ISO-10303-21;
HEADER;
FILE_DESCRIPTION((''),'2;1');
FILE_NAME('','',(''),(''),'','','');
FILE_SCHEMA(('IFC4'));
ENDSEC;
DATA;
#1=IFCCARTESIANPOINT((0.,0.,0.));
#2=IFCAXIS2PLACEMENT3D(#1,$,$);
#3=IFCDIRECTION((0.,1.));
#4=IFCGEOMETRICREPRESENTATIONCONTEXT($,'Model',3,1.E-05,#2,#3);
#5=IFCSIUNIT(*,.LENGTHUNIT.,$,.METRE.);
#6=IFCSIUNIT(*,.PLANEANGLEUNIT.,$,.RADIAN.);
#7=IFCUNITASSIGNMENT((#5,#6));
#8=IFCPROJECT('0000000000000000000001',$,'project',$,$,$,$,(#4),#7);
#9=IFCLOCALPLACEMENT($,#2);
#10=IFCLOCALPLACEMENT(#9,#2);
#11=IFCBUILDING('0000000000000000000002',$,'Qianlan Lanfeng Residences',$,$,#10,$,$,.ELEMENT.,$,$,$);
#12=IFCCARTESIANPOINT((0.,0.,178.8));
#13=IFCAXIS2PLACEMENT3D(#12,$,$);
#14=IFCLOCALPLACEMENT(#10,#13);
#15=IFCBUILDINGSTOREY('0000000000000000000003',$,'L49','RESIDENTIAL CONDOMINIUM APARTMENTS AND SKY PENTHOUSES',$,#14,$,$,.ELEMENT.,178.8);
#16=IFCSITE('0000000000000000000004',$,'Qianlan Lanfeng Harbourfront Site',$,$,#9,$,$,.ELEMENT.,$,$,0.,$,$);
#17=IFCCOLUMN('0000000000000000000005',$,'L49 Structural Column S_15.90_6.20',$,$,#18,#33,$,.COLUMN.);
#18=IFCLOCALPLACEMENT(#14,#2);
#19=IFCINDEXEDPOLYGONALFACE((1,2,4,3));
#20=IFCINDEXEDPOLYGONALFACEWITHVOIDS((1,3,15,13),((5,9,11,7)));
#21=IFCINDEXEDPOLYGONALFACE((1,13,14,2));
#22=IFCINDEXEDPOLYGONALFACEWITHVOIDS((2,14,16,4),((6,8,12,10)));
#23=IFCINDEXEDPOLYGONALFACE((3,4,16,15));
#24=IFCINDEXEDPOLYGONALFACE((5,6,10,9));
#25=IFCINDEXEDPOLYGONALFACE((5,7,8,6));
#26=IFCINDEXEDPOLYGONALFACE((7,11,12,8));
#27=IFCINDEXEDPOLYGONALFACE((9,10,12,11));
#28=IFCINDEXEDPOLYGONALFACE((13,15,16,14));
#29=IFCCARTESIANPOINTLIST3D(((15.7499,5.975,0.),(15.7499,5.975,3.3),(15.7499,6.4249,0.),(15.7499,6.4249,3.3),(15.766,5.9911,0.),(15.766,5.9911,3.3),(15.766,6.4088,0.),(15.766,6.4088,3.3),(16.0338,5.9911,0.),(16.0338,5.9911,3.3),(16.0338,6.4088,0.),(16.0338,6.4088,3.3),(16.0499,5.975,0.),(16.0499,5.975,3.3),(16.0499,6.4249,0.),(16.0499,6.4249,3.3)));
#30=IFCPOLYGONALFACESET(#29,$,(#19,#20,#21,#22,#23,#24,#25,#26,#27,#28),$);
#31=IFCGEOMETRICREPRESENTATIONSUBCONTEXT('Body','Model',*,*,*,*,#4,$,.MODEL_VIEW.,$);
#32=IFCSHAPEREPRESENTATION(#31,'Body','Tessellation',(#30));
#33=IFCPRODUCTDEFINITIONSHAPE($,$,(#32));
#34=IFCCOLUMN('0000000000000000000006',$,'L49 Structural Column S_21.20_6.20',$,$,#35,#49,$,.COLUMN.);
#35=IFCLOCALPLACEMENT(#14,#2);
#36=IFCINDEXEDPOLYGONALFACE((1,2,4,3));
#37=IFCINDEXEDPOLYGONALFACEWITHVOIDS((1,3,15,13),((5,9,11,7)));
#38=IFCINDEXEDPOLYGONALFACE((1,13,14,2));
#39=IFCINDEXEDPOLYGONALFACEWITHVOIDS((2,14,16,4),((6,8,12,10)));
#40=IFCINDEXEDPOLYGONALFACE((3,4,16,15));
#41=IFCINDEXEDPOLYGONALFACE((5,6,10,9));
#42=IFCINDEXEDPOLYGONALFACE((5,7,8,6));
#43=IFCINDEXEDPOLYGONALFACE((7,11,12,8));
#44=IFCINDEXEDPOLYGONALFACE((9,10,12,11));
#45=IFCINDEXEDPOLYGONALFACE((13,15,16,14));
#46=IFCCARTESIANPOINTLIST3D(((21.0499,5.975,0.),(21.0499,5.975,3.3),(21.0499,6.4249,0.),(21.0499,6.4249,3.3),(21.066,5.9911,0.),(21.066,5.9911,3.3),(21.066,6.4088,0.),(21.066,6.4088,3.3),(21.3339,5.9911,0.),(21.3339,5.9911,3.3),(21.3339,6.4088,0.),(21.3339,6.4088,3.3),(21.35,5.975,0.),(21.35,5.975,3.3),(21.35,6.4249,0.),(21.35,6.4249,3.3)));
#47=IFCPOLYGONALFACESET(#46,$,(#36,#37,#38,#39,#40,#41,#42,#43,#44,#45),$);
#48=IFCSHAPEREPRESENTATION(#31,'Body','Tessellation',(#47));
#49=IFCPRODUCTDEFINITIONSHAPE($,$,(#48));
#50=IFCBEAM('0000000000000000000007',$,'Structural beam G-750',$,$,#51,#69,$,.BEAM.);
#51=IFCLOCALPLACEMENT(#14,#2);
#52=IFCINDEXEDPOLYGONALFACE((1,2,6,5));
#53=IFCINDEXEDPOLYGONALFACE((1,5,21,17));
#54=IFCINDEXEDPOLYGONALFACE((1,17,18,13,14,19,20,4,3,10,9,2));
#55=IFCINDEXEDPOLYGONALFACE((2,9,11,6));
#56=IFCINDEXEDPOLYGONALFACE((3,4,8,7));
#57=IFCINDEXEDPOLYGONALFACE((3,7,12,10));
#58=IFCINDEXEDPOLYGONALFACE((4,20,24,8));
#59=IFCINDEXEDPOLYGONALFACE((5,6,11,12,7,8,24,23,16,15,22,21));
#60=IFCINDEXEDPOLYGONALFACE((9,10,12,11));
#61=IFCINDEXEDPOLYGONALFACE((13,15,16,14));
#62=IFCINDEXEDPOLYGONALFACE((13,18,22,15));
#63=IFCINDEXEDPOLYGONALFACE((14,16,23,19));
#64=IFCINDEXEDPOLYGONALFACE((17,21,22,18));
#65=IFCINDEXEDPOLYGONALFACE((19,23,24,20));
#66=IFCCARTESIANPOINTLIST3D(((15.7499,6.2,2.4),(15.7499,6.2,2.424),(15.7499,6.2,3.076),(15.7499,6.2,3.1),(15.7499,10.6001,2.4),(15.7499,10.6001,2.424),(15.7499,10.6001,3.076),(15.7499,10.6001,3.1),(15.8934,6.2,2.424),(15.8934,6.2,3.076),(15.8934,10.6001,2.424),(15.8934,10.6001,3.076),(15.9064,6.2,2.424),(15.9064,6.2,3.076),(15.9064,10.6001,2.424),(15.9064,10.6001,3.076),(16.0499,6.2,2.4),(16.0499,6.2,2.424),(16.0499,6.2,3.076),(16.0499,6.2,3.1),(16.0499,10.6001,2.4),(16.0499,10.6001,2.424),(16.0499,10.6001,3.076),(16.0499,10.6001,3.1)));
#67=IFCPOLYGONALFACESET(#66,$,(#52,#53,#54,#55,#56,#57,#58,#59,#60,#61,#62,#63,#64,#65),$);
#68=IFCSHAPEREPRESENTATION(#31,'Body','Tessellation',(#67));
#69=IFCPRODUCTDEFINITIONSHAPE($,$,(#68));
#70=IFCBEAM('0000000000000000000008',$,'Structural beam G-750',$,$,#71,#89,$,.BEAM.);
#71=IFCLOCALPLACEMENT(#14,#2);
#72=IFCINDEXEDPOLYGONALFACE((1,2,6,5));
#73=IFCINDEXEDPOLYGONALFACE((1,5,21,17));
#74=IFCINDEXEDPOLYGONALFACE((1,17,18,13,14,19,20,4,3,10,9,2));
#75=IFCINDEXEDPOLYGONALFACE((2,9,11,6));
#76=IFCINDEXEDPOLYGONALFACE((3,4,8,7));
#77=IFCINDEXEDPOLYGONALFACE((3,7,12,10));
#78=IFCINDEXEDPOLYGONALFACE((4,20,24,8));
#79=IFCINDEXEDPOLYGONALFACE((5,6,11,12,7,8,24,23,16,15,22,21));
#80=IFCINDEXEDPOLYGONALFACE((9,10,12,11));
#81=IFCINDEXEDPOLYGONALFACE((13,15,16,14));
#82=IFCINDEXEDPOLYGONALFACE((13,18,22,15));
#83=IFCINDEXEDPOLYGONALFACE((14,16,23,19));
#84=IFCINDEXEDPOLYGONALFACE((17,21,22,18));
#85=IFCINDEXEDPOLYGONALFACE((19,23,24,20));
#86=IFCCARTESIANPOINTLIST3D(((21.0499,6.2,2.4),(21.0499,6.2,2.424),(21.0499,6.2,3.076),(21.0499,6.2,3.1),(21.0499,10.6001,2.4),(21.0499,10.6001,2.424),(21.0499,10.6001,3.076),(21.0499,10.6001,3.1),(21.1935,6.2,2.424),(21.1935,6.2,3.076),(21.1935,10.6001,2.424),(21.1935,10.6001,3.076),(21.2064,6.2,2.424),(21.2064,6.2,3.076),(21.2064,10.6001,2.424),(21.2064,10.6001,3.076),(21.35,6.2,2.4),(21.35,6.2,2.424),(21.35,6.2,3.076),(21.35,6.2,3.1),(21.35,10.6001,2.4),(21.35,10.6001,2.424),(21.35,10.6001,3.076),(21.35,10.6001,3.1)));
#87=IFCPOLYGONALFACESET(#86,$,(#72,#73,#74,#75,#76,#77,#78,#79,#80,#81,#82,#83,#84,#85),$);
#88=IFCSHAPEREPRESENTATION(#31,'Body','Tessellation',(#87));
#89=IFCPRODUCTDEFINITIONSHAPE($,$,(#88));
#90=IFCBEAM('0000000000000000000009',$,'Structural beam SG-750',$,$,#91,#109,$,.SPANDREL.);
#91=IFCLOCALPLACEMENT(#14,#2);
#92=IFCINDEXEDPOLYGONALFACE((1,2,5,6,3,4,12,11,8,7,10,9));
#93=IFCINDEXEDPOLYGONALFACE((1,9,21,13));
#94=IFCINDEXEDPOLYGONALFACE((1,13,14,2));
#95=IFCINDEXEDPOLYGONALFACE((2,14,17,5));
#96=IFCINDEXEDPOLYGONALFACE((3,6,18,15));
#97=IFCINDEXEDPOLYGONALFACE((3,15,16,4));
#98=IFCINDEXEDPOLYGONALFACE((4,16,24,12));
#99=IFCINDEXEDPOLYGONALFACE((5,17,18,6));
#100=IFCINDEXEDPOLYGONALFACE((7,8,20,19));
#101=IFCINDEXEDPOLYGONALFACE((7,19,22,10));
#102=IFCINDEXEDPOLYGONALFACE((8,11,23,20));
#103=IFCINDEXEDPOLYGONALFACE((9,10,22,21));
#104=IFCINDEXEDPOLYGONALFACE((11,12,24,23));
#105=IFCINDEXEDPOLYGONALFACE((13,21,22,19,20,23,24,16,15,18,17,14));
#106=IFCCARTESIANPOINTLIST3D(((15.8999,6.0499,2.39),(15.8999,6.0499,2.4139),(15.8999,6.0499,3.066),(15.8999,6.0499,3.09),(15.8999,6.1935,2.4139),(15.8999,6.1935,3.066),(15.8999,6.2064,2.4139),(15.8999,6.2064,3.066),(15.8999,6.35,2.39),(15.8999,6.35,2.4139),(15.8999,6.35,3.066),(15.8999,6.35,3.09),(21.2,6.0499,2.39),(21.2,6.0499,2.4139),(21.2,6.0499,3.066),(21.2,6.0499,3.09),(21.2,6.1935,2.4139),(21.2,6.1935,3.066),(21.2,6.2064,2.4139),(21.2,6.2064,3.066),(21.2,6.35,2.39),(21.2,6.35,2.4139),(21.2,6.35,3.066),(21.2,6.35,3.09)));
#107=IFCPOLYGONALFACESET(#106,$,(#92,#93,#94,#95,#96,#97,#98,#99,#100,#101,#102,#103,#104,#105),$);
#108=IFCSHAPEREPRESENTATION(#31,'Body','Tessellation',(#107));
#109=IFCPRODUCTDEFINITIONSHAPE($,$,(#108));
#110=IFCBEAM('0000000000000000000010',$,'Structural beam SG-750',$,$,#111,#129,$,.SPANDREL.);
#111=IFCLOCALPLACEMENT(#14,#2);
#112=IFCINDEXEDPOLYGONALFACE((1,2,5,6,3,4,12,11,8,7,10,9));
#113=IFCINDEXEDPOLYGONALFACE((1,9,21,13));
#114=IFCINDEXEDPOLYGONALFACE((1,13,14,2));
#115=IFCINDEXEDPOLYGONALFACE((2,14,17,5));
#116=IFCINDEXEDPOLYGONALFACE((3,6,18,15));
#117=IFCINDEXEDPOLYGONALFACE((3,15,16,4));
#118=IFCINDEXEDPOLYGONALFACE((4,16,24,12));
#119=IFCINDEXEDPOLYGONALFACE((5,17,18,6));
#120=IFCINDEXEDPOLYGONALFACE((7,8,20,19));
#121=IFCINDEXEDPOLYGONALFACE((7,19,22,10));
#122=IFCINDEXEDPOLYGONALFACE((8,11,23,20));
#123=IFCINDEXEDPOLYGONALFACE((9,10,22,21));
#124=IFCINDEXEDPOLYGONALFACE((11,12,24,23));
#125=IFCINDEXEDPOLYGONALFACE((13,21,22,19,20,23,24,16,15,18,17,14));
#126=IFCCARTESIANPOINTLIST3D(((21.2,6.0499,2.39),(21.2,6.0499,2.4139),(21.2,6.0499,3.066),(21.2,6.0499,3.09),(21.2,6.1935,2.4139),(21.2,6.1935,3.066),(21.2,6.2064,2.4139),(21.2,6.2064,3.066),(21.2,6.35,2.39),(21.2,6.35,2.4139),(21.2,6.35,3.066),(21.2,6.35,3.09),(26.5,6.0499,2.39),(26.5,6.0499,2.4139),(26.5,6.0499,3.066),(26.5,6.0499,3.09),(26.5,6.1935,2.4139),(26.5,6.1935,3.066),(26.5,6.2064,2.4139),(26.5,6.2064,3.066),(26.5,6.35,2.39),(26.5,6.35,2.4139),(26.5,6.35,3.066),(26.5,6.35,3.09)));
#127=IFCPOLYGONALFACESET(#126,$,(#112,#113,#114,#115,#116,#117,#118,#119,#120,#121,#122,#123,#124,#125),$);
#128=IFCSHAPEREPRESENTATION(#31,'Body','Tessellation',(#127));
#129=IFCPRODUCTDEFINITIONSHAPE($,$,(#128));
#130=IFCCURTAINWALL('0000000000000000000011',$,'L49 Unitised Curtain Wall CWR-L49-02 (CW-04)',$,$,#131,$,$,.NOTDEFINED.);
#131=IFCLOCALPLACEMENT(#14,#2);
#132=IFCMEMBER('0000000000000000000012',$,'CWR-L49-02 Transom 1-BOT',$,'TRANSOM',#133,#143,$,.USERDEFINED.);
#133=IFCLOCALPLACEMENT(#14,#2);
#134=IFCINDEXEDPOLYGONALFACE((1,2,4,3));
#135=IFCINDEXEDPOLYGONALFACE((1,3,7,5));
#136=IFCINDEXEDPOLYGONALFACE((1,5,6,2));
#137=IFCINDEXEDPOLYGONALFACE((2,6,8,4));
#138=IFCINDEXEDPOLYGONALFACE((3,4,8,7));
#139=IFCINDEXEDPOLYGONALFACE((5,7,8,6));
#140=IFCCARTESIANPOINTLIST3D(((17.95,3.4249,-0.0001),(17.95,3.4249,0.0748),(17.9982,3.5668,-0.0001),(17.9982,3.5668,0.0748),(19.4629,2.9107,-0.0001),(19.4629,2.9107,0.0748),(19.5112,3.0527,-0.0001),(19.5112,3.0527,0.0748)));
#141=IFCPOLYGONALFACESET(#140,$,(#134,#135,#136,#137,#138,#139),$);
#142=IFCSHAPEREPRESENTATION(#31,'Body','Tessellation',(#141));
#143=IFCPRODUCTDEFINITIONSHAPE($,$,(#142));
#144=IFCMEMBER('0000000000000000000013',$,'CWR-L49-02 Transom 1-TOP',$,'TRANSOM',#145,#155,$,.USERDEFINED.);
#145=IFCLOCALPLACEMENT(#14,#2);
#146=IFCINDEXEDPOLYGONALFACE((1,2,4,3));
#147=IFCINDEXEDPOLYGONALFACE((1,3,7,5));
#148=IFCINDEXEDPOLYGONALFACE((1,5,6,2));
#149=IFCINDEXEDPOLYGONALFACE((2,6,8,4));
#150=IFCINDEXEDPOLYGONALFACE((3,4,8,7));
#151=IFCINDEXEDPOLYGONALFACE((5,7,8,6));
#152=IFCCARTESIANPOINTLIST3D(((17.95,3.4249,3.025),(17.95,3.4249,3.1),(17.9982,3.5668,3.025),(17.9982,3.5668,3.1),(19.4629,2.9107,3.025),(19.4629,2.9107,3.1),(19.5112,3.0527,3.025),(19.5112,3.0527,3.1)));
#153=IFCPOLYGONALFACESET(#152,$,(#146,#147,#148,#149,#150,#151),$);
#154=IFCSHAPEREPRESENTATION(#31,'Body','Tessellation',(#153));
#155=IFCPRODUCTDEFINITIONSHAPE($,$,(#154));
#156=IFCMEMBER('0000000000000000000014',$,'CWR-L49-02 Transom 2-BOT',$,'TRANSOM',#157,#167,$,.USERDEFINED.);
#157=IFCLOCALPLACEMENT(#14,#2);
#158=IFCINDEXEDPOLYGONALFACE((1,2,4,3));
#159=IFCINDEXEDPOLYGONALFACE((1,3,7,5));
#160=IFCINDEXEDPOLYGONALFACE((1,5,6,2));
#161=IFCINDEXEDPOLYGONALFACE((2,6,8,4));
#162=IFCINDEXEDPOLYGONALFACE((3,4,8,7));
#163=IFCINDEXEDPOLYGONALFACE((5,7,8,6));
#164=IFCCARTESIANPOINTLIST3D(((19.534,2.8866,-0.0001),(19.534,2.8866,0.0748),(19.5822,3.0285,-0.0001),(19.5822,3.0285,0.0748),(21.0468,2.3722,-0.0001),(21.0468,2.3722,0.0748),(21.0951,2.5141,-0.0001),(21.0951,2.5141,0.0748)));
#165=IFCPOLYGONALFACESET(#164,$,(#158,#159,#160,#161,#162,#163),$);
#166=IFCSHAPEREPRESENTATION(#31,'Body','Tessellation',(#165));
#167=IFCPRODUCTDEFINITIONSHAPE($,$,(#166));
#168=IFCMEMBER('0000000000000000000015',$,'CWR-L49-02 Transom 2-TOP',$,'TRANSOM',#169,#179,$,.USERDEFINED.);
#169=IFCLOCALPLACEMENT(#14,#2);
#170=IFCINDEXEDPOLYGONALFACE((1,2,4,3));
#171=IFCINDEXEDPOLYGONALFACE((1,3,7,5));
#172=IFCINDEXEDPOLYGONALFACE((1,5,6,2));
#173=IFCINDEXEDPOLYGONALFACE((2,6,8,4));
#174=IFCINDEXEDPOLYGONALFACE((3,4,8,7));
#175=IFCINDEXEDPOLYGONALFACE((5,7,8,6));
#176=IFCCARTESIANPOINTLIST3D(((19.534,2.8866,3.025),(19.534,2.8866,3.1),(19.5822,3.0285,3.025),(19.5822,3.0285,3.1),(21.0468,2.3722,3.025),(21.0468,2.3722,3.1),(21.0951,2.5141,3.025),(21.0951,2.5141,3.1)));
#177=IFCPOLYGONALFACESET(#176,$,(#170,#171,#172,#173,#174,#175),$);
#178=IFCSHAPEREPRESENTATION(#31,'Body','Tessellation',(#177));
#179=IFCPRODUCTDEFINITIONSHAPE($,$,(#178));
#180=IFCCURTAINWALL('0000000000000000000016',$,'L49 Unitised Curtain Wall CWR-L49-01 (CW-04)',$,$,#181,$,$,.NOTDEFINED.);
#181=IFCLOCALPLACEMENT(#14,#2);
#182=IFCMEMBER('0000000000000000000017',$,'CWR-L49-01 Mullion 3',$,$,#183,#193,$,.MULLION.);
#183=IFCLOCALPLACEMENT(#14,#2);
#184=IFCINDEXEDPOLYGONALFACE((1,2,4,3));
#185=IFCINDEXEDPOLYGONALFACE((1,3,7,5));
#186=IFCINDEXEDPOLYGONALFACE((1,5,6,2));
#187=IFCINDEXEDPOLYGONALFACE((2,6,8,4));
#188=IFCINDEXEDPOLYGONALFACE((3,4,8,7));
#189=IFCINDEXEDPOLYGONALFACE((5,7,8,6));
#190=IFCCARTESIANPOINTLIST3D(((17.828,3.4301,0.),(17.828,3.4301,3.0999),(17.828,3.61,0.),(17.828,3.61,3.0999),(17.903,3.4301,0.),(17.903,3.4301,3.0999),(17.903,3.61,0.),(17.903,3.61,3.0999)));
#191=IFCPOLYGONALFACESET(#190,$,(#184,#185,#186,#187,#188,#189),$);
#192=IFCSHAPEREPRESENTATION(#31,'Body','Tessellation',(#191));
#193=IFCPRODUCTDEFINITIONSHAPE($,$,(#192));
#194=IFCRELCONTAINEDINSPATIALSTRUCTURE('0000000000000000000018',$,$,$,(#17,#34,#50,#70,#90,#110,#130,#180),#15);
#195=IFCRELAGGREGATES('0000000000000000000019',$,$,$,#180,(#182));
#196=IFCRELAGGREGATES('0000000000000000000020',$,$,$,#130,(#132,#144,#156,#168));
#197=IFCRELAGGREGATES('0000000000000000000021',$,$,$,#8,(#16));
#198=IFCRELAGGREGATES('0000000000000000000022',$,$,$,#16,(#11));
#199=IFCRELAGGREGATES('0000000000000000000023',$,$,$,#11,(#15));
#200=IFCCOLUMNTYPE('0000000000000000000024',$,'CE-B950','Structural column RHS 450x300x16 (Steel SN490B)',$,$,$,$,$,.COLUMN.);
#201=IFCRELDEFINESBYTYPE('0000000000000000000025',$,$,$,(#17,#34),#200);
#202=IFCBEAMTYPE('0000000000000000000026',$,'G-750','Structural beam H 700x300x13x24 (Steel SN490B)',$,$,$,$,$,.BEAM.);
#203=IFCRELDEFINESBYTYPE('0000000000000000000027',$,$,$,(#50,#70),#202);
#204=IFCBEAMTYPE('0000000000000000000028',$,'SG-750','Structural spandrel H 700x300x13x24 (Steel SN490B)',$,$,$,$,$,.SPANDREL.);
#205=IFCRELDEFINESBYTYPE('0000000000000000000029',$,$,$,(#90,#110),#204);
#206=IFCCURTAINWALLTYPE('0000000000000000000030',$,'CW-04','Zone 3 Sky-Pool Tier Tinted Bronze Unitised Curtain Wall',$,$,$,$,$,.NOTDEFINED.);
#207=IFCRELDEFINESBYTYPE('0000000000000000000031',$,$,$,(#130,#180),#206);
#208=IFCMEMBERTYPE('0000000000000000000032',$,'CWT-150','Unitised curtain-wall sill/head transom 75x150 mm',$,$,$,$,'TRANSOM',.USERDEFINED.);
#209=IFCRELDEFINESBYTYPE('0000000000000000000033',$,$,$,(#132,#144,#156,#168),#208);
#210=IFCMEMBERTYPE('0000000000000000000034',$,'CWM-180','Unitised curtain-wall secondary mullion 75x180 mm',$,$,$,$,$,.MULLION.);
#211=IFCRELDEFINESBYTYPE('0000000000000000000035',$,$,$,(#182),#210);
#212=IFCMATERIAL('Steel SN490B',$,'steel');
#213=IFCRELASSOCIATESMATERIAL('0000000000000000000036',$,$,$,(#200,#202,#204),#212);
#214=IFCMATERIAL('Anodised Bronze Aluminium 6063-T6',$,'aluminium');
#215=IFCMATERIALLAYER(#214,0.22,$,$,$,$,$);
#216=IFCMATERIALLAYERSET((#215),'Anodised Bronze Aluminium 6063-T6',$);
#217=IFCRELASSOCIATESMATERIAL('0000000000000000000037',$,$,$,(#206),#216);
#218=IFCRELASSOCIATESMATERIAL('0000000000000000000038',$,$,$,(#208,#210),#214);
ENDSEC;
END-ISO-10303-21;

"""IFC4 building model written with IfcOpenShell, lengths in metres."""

from ifc_helpers import new_model, si_unit, direction, frame, origin, origin_2d, place, context, subcontext, project, spatial, rectangle, hollow_rectangle, i_section, extrude, source, transform, mapped, material, layer, layer_set, material_profile, profile_set, type_object, element, aggregate, save


model = new_model("IFC4")

# Units and contexts
model_context = context("Model", 3, precision=1e-05, world=origin(), true_north=direction((0.0, 1.0)))
body_context = subcontext(model_context, "Body", "Model", "MODEL_VIEW")
ifc_project = project(units=[si_unit("LENGTHUNIT", "METRE"), si_unit("PLANEANGLEUNIT", "RADIAN")], contexts=[model_context])

# Site, building, storey
site_placement = place(None, origin())
site = spatial("IfcSite", under=ifc_project, at=site_placement, Name="Qianlan Lanfeng Harbourfront Site", CompositionType="ELEMENT", RefElevation=0.0)
building_placement = place(site_placement, origin())
building = spatial("IfcBuilding", under=site, at=building_placement, Name="Qianlan Lanfeng Residences", CompositionType="ELEMENT")
storey_placement = place(building_placement, frame((0.0, 0.0, 178.8)))
storey = spatial("IfcBuildingStorey", under=building, at=storey_placement, Name="L49", Description="RESIDENTIAL CONDOMINIUM APARTMENTS AND SKY PENTHOUSES", CompositionType="ELEMENT", Elevation=178.8)

# Columns
ifc_material_1 = material(Name="Steel SN490B", Category="steel")
ifc_material_profile_1 = material_profile(ifc_material_1, hollow_rectangle(XDim=0.3, YDim=0.45, WallThickness=0.0161, at=origin_2d()), Name="RHS 450x300x16")
ifc_profile_set_1 = profile_set([ifc_material_profile_1], Name="Steel SN490B")
column_type = type_object("IfcColumnType", Name="CE-B950", Description="Structural column RHS 450x300x16 (Steel SN490B)", PredefinedType="COLUMN", material=ifc_profile_set_1)
for number, where, z_axis, x_axis, name in (
    (1, (15.8999, 6.2, 0.0), (0.0, 0.0, 1.0), (1.0, 0.0, 0.0), "L49 Structural Column S_15.90_6.20"),
    (2, (21.2, 6.2, 0.0), (0.0, 0.0, 1.0), (1.0, 0.0, 0.0), "L49 Structural Column S_21.20_6.20"),
):
    element("IfcColumn", number, at=place(storey_placement, frame(where, z_axis=z_axis, x_axis=x_axis)), inside=storey, type_object=column_type, Name=name, PredefinedType="COLUMN", context=body_context, shape_type="SweptSolid", body=[
        extrude(hollow_rectangle(XDim=0.3, YDim=0.45, WallThickness=0.0161, at=origin_2d()), origin(), (0.0, 0.0, 1.0), 3.3),
    ])

# Beams
ifc_material_profile_2 = material_profile(ifc_material_1, i_section(OverallWidth=0.3, OverallDepth=0.7, WebThickness=0.0129, FlangeThickness=0.0239, at=origin_2d()), Name="H 700x300x13x24")
ifc_profile_set_2 = profile_set([ifc_material_profile_2], Name="Steel SN490B")
beam_type_1 = type_object("IfcBeamType", Name="G-750", Description="Structural beam H 700x300x13x24 (Steel SN490B)", PredefinedType="BEAM", material=ifc_profile_set_2)
for number, where, z_axis, x_axis, name in (
    (3, (15.8999, 6.2, 2.75), (0.0, 1.0, 0.0), (-1.0, 0.0, 0.0), "Structural beam G-750"),
    (4, (21.2, 6.2, 2.75), (0.0, 1.0, 0.0), (-1.0, 0.0, 0.0), "Structural beam G-750"),
):
    element("IfcBeam", number, at=place(storey_placement, frame(where, z_axis=z_axis, x_axis=x_axis)), inside=storey, type_object=beam_type_1, Name=name, PredefinedType="BEAM", context=body_context, shape_type="SweptSolid", body=[
        extrude(i_section(OverallWidth=0.3, OverallDepth=0.7, WebThickness=0.0129, FlangeThickness=0.0239, at=origin_2d()), origin(), (0.0, 0.0, 1.0), 4.4001),
    ])
ifc_material_profile_3 = material_profile(ifc_material_1, i_section(OverallWidth=0.3, OverallDepth=0.7, WebThickness=0.0129, FlangeThickness=0.0239, at=origin_2d()), Name="H 700x300x13x24")
ifc_profile_set_3 = profile_set([ifc_material_profile_3], Name="Steel SN490B")
beam_type_2 = type_object("IfcBeamType", Name="SG-750", Description="Structural spandrel H 700x300x13x24 (Steel SN490B)", PredefinedType="SPANDREL", material=ifc_profile_set_3)
for number, where, z_axis, x_axis, name in (
    (5, (15.8999, 6.2, 2.74), (1.0, 0.0, 0.0), (0.0, 1.0, 0.0), "Structural beam SG-750"),
    (6, (21.2, 6.2, 2.74), (1.0, 0.0, 0.0), (0.0, 1.0, 0.0), "Structural beam SG-750"),
):
    element("IfcBeam", number, at=place(storey_placement, frame(where, z_axis=z_axis, x_axis=x_axis)), inside=storey, type_object=beam_type_2, Name=name, PredefinedType="SPANDREL", context=body_context, shape_type="SweptSolid", body=[
        extrude(i_section(OverallWidth=0.3, OverallDepth=0.7, WebThickness=0.0129, FlangeThickness=0.0239, at=origin_2d()), origin(), (0.0, 0.0, 1.0), 5.3),
    ])

# Curtain wall, members
ifc_material_2 = material(Name="Anodised Bronze Aluminium 6063-T6", Category="aluminium")
ifc_layer_1 = layer(ifc_material_2, 0.22)
ifc_layer_set_1 = layer_set([ifc_layer_1], Name="Anodised Bronze Aluminium 6063-T6")
curtain_wall_type = type_object("IfcCurtainWallType", Name="CW-04", Description="Zone 3 Sky-Pool Tier Tinted Bronze Unitised Curtain Wall", PredefinedType="NOTDEFINED", material=ifc_layer_set_1)
curtain_wall_1_placement = place(storey_placement, origin())
curtain_wall_1 = element("IfcCurtainWall", 7, at=curtain_wall_1_placement, inside=storey, type_object=curtain_wall_type, Name="L49 Unitised Curtain Wall CWR-L49-02 (CW-04)", PredefinedType="NOTDEFINED")
ifc_material_profile_4 = material_profile(ifc_material_2, rectangle(XDim=0.075, YDim=0.1499, at=origin_2d()), Name="ALU TRANSOM 75x150")
ifc_profile_set_4 = profile_set([ifc_material_profile_4], Name="Anodised Bronze Aluminium 6063-T6")
member_type_1 = type_object("IfcMemberType", Name="CWT-150", Description="Unitised curtain-wall sill/head transom 75x150 mm", ElementType="TRANSOM", PredefinedType="USERDEFINED", material=ifc_profile_set_4)
shared_shape_1 = source(origin(), body_context, "Body", "SweptSolid", [
    extrude(rectangle(XDim=0.075, YDim=0.1499, at=origin_2d()), origin(), (0.0, 0.0, 1.0), 1.5979),
])
member_1_placement = place(storey_placement, frame((17.9741, 3.4958, 0.0374), z_axis=(0.946818, -0.321769, 0.0), x_axis=(0.0, 0.0, 1.0)))
member_1 = element("IfcMember", 8, at=member_1_placement, type_object=member_type_1, Name="CWR-L49-02 Transom 1-BOT", ObjectType="TRANSOM", PredefinedType="USERDEFINED", context=body_context, shape_type="MappedRepresentation", body=[
    mapped(shared_shape_1, transform((0.0, 0.0, 0.0), scale=1.0)),
])
member_2_placement = place(storey_placement, frame((17.9741, 3.4958, 3.0625), z_axis=(0.946818, -0.321769, 0.0), x_axis=(0.0, 0.0, 1.0)))
member_2 = element("IfcMember", 9, at=member_2_placement, type_object=member_type_1, Name="CWR-L49-02 Transom 1-TOP", ObjectType="TRANSOM", PredefinedType="USERDEFINED", context=body_context, shape_type="MappedRepresentation", body=[
    mapped(shared_shape_1, transform((0.0, 0.0, 0.0), scale=1.0)),
])
member_3_placement = place(storey_placement, frame((19.5581, 2.9575, 0.0374), z_axis=(0.946772, -0.321905, 0.0), x_axis=(0.0, 0.0, 1.0)))
member_3 = element("IfcMember", 10, at=member_3_placement, type_object=member_type_1, Name="CWR-L49-02 Transom 2-BOT", ObjectType="TRANSOM", PredefinedType="USERDEFINED", context=body_context, shape_type="MappedRepresentation", body=[
    mapped(shared_shape_1, transform((0.0, 0.0, 0.0), scale=1.0)),
])
member_4_placement = place(storey_placement, frame((19.5581, 2.9575, 3.0625), z_axis=(0.946772, -0.321905, 0.0), x_axis=(0.0, 0.0, 1.0)))
member_4 = element("IfcMember", 11, at=member_4_placement, type_object=member_type_1, Name="CWR-L49-02 Transom 2-TOP", ObjectType="TRANSOM", PredefinedType="USERDEFINED", context=body_context, shape_type="MappedRepresentation", body=[
    mapped(shared_shape_1, transform((0.0, 0.0, 0.0), scale=1.0)),
])

# Curtain wall, member
curtain_wall_2_placement = place(storey_placement, origin())
curtain_wall_2 = element("IfcCurtainWall", 12, at=curtain_wall_2_placement, inside=storey, type_object=curtain_wall_type, Name="L49 Unitised Curtain Wall CWR-L49-01 (CW-04)", PredefinedType="NOTDEFINED")
ifc_material_profile_5 = material_profile(ifc_material_2, rectangle(XDim=0.075, YDim=0.1799, at=origin_2d()), Name="ALU MULLION 75x180")
ifc_profile_set_5 = profile_set([ifc_material_profile_5], Name="Anodised Bronze Aluminium 6063-T6")
member_type_2 = type_object("IfcMemberType", Name="CWM-180", Description="Unitised curtain-wall secondary mullion 75x180 mm", PredefinedType="MULLION", material=ifc_profile_set_5)
shared_shape_2 = source(origin(), body_context, "Body", "SweptSolid", [
    extrude(rectangle(XDim=0.075, YDim=0.1799, at=origin_2d()), origin(), (0.0, 0.0, 1.0), 3.0999),
])
member_5_placement = place(storey_placement, frame((17.8655, 3.52, 0.0), z_axis=(0.0, 0.0, 1.0), x_axis=(1.0, 0.0, 0.0)))
member_5 = element("IfcMember", 13, at=member_5_placement, type_object=member_type_2, Name="CWR-L49-01 Mullion 3", PredefinedType="MULLION", context=body_context, shape_type="MappedRepresentation", body=[
    mapped(shared_shape_2, transform((0.0, 0.0, 0.0), scale=1.0)),
])

aggregate(curtain_wall_2, [member_5])
aggregate(curtain_wall_1, [member_1, member_2, member_3, member_4])

save(model, "model.ifc")
